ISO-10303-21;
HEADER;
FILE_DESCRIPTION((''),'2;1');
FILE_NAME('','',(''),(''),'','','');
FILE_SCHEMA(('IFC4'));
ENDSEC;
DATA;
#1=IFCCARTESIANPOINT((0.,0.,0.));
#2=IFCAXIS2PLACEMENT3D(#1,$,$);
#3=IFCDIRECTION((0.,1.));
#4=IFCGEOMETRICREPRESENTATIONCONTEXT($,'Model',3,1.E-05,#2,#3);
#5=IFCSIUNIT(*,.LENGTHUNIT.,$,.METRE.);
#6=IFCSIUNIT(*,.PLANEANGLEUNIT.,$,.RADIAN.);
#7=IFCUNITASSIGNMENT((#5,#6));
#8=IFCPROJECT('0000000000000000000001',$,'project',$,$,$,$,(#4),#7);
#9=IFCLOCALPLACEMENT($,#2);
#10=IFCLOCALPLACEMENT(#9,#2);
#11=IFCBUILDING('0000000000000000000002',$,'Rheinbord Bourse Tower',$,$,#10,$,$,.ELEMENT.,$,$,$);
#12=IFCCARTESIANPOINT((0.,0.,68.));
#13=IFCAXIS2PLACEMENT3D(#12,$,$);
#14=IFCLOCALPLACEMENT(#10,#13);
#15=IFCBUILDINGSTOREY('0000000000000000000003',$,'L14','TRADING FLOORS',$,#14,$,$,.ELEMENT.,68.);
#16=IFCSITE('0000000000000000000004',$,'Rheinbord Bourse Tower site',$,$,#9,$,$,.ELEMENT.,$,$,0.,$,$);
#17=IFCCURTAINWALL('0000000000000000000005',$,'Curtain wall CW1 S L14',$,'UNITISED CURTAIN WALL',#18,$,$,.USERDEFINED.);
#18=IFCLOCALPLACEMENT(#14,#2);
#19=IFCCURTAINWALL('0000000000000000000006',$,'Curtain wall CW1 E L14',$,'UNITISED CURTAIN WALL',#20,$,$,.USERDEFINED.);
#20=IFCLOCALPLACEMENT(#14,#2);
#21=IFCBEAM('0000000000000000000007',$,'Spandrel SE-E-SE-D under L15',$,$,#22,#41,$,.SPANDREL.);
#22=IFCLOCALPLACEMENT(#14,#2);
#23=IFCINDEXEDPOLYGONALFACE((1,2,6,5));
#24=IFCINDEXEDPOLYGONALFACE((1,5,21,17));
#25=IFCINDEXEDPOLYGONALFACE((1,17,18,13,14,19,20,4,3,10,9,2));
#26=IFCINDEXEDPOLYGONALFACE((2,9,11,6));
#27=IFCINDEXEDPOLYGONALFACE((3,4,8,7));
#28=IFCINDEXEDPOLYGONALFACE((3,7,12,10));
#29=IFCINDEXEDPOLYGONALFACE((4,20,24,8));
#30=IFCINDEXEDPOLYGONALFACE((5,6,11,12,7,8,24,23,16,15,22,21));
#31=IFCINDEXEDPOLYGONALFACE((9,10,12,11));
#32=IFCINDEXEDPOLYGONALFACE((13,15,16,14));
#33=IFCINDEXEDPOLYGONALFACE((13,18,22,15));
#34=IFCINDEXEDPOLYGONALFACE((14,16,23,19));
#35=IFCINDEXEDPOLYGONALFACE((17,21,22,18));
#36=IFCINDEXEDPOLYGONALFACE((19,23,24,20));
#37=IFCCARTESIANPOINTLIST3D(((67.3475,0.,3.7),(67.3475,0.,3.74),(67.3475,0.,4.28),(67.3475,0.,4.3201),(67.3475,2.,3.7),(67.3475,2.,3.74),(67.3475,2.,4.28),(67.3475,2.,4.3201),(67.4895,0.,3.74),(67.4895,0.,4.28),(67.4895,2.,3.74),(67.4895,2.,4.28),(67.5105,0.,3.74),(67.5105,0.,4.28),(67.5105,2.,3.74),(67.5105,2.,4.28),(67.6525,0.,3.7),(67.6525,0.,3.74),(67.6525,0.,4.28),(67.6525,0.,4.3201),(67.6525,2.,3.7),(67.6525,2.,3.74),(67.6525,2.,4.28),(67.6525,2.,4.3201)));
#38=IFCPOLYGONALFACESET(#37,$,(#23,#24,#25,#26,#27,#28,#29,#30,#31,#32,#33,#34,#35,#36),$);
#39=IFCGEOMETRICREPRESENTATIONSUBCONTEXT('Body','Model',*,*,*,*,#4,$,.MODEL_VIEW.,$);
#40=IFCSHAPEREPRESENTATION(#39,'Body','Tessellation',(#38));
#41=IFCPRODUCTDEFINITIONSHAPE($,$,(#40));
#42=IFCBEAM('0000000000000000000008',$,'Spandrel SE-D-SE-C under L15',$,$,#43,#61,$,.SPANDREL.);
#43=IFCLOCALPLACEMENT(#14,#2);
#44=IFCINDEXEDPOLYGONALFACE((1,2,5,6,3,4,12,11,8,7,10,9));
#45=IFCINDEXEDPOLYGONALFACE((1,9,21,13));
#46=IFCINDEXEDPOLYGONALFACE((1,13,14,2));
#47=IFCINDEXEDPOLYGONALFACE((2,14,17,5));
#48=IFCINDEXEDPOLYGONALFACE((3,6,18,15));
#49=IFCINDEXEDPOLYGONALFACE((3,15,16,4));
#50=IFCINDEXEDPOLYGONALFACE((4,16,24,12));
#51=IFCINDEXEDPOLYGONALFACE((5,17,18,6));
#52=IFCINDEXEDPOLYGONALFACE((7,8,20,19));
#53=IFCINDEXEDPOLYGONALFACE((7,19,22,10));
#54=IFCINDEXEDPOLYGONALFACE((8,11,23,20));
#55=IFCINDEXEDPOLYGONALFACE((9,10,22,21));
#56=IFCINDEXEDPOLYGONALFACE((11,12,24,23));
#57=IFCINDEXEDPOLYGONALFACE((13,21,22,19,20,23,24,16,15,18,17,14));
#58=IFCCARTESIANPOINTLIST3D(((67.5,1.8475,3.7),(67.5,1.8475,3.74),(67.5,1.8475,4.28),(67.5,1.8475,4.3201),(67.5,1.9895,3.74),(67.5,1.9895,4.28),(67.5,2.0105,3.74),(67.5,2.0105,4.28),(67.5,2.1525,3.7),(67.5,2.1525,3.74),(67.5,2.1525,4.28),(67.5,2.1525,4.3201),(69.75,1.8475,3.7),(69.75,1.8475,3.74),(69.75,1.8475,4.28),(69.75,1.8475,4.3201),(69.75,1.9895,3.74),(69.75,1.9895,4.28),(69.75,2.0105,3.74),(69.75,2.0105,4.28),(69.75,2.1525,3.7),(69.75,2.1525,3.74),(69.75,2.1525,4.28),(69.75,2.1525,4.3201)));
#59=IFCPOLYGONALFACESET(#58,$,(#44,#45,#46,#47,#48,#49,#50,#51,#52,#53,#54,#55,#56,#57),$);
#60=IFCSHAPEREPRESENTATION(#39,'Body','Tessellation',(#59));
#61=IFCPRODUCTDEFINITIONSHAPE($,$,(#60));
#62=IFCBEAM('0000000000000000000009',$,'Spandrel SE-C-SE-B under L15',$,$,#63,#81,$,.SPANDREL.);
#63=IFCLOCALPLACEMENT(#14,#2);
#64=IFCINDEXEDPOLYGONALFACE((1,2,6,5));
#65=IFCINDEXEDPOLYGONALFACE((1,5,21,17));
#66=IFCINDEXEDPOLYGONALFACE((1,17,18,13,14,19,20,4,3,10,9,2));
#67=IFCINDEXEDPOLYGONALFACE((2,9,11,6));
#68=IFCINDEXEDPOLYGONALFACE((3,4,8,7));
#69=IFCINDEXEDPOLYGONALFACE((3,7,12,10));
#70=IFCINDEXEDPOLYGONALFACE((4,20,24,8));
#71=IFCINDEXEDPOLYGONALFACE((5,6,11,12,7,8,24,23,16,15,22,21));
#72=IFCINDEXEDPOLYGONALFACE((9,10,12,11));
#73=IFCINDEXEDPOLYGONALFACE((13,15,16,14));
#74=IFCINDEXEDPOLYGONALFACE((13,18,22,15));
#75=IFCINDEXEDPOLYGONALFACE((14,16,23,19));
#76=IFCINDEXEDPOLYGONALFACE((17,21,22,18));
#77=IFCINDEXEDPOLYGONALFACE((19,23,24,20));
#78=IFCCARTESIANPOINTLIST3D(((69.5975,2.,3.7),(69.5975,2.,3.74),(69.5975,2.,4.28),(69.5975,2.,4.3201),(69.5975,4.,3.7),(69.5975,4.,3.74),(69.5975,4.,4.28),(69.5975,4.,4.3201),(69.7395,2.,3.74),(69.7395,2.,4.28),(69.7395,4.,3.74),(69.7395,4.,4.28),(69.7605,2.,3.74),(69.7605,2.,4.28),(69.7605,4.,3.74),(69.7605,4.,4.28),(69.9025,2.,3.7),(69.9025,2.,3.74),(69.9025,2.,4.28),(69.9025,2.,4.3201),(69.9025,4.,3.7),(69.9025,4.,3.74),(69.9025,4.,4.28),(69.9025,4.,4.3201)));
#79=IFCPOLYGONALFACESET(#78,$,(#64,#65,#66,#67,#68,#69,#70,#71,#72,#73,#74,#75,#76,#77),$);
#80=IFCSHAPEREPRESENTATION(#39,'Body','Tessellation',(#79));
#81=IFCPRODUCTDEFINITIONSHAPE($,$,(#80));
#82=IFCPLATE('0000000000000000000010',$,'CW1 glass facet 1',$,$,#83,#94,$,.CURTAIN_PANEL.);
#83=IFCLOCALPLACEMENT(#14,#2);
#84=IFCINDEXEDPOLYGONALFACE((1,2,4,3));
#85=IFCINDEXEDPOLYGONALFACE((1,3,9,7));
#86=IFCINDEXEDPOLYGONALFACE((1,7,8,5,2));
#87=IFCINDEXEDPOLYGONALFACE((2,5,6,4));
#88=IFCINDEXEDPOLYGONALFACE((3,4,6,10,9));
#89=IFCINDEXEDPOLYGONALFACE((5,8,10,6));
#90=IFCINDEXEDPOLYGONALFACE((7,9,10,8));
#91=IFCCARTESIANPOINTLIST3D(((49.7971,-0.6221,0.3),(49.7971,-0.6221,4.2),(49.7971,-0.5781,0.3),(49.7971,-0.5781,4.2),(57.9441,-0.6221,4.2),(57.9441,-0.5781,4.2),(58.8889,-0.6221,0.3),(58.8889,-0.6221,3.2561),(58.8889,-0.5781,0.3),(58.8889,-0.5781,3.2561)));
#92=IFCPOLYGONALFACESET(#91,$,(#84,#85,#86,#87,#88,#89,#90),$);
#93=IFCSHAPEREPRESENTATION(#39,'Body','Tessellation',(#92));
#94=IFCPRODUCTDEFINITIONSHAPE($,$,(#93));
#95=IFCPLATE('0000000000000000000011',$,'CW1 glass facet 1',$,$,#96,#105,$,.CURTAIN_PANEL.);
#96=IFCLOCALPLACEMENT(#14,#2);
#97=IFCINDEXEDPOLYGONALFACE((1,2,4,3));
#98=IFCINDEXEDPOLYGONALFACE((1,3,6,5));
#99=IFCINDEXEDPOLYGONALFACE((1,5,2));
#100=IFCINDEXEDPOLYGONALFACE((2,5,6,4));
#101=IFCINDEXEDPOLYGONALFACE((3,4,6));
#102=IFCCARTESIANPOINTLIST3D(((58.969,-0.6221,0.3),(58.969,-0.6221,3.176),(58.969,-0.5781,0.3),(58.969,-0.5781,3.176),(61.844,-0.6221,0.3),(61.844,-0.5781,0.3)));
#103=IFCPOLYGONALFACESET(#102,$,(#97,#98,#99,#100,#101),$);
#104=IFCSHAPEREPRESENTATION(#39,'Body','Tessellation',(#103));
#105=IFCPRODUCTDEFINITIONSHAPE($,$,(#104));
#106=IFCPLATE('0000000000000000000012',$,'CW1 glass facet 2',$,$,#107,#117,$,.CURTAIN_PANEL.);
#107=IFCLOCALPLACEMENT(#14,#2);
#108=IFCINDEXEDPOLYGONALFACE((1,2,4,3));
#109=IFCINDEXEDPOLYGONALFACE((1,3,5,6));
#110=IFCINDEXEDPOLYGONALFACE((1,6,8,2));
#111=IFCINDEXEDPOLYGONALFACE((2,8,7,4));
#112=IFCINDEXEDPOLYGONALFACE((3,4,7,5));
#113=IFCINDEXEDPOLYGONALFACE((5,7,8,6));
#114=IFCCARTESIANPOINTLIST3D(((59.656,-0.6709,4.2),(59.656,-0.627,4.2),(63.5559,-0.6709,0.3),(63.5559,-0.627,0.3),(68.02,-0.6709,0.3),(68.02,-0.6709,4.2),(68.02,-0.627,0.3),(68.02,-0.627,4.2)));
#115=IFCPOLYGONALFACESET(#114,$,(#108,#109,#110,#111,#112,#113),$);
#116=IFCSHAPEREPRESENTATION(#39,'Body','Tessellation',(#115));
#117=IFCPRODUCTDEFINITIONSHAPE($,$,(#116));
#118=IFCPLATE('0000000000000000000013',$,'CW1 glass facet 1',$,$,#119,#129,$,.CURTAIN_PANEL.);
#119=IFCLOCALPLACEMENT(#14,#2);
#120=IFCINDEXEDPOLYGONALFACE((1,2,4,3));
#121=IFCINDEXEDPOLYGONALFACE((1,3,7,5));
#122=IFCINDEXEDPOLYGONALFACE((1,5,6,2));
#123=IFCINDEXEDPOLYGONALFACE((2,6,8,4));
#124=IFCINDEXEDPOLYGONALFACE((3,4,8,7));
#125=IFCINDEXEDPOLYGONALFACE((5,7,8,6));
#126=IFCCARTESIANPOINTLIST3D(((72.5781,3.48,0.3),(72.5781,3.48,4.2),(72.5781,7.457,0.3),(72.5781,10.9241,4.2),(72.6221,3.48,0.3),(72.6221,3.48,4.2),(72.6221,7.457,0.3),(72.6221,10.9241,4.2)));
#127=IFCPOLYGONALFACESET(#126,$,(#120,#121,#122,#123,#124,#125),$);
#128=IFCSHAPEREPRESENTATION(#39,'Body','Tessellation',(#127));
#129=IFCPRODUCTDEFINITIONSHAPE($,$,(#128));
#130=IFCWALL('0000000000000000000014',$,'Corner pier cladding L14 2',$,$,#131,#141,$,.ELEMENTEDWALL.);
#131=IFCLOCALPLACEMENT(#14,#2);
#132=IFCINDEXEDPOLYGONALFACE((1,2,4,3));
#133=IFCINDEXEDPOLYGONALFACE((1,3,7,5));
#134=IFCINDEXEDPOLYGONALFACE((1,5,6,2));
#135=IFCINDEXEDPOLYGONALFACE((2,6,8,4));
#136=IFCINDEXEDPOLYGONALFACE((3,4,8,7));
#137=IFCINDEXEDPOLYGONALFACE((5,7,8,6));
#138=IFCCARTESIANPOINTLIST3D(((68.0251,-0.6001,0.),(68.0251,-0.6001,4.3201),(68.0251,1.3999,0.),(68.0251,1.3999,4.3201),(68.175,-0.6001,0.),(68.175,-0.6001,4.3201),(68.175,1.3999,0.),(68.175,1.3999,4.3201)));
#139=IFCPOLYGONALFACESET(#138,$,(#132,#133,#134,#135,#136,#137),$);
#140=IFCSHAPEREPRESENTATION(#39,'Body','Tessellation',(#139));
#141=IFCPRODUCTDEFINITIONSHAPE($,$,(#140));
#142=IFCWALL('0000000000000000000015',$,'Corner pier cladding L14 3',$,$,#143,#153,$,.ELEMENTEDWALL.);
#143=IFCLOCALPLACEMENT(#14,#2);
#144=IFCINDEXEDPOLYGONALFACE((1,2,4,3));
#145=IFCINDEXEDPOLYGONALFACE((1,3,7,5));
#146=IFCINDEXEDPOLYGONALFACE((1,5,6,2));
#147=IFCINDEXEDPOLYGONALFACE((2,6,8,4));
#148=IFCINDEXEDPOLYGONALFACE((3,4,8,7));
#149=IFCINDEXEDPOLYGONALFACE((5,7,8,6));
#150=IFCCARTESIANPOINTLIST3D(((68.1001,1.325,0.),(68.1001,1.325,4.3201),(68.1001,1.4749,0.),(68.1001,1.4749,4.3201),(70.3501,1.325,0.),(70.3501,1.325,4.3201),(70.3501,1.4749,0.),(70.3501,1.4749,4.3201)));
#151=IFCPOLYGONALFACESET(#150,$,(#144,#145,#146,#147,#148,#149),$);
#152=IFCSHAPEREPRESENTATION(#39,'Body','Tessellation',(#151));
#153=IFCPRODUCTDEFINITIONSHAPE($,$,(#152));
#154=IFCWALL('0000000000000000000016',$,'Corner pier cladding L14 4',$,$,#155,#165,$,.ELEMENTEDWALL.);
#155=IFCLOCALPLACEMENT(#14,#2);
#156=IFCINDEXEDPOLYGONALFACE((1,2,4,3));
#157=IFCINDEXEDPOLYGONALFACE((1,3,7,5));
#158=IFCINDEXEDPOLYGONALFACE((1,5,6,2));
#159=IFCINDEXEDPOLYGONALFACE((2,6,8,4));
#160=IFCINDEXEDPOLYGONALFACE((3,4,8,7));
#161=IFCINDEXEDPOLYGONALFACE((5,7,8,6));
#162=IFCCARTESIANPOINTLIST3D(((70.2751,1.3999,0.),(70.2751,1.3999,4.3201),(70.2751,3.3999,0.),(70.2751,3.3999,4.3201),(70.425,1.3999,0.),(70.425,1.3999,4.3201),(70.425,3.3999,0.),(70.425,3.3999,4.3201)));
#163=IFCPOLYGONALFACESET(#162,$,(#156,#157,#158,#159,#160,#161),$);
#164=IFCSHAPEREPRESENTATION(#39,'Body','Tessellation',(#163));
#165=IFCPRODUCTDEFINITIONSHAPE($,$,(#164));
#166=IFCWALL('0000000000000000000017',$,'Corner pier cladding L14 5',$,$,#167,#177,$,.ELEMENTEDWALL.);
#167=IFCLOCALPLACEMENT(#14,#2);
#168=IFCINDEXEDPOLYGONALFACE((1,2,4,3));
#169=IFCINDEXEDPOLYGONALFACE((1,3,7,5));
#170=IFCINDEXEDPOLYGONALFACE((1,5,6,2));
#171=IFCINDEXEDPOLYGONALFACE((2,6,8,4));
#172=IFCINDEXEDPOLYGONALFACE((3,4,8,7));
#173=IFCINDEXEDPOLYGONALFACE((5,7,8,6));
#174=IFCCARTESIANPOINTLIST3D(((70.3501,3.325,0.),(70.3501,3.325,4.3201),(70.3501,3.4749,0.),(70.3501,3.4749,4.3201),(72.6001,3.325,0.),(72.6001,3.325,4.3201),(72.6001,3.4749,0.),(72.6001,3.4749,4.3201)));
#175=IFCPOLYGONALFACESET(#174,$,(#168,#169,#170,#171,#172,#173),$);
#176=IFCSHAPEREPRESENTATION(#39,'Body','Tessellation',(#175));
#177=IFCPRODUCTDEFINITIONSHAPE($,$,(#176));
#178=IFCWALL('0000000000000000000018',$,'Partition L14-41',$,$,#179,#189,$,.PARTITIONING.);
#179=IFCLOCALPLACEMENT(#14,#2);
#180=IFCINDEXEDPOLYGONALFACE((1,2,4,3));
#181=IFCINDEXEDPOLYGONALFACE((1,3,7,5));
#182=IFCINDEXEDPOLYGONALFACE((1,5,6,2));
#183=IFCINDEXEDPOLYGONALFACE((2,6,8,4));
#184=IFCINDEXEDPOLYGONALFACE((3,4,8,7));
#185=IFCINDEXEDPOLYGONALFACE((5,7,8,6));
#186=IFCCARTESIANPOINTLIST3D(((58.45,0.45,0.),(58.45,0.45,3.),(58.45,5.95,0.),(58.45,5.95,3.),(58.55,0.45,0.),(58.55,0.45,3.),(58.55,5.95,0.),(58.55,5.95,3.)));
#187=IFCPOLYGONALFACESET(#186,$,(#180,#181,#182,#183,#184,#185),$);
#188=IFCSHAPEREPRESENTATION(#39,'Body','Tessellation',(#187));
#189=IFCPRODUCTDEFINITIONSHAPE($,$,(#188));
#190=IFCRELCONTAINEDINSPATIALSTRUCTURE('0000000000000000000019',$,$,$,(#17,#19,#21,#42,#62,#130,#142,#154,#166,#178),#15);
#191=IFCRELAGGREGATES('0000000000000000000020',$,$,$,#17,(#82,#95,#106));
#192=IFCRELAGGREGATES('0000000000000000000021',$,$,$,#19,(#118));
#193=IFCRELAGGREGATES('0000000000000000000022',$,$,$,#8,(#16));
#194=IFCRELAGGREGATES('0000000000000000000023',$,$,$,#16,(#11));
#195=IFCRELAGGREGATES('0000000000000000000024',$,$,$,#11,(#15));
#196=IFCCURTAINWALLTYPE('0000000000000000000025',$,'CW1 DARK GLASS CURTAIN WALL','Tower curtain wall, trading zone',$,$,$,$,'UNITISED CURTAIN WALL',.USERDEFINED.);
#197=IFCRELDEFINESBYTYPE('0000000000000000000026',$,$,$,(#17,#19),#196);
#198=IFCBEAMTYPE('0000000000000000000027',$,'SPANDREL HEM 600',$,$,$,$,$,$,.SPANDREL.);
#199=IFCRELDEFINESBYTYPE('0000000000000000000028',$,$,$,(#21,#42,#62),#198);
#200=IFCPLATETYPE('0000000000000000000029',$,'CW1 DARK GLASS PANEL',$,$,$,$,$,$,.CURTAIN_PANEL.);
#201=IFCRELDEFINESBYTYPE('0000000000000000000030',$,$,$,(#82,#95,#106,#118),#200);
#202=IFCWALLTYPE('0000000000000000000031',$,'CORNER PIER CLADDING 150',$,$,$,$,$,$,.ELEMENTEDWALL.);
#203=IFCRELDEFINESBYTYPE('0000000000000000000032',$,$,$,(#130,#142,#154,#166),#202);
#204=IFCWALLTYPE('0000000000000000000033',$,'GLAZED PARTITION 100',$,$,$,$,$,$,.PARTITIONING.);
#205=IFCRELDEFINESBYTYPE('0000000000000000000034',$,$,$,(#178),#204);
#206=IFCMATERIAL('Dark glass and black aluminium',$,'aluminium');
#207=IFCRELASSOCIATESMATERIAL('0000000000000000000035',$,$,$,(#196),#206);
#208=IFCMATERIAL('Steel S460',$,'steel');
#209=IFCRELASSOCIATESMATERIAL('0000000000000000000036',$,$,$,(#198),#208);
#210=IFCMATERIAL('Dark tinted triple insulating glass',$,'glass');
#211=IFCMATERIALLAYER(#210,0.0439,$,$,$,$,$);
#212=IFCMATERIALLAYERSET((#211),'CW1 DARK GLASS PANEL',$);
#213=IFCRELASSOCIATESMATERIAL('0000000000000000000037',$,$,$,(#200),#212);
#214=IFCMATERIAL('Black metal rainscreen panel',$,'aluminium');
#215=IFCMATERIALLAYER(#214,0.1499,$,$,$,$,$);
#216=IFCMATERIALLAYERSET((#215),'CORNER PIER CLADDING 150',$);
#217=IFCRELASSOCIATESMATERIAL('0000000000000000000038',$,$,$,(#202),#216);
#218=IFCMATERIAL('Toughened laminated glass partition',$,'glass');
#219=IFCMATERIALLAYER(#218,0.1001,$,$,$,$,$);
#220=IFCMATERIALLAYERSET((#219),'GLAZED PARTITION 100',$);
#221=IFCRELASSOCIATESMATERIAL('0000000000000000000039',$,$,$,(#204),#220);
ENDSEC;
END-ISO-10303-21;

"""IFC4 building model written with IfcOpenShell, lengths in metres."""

from ifc_helpers import new_model, si_unit, direction, frame, frame_2d, origin, origin_2d, place, context, subcontext, project, spatial, polyline, rectangle, i_section, outline, extrude, material, layer, layer_set, material_profile, profile_set, type_object, element, aggregate, save


model = new_model("IFC4")

# Units and contexts
model_context = context("Model", 3, precision=1e-05, world=origin(), true_north=direction((0.0, 1.0)))
body_context = subcontext(model_context, "Body", "Model", "MODEL_VIEW")
ifc_project = project(units=[si_unit("LENGTHUNIT", "METRE"), si_unit("PLANEANGLEUNIT", "RADIAN")], contexts=[model_context])

# Site, building, storey
site_placement = place(None, origin())
site = spatial("IfcSite", under=ifc_project, at=site_placement, Name="Rheinbord Bourse Tower site", CompositionType="ELEMENT", RefElevation=0.0)
building_placement = place(site_placement, origin())
building = spatial("IfcBuilding", under=site, at=building_placement, Name="Rheinbord Bourse Tower", CompositionType="ELEMENT")
storey_placement = place(building_placement, frame((0.0, 0.0, 68.0)))
storey = spatial("IfcBuildingStorey", under=building, at=storey_placement, Name="L14", Description="TRADING FLOORS", CompositionType="ELEMENT", Elevation=68.0)

# Curtain wall
ifc_material_1 = material(Name="Dark glass and black aluminium", Category="aluminium")
curtain_wall_type = type_object("IfcCurtainWallType", Name="CW1 DARK GLASS CURTAIN WALL", Description="Tower curtain wall, trading zone", ElementType="UNITISED CURTAIN WALL", PredefinedType="USERDEFINED", material=ifc_material_1)
curtain_wall_1_placement = place(storey_placement, origin())
curtain_wall_1 = element("IfcCurtainWall", 1, at=curtain_wall_1_placement, inside=storey, type_object=curtain_wall_type, Name="Curtain wall CW1 S L14", ObjectType="UNITISED CURTAIN WALL", PredefinedType="USERDEFINED")

# Curtain wall
curtain_wall_2_placement = place(storey_placement, origin())
curtain_wall_2 = element("IfcCurtainWall", 2, at=curtain_wall_2_placement, inside=storey, type_object=curtain_wall_type, Name="Curtain wall CW1 E L14", ObjectType="UNITISED CURTAIN WALL", PredefinedType="USERDEFINED")

# Beams
ifc_material_2 = material(Name="Steel S460", Category="steel")
ifc_material_profile_1 = material_profile(ifc_material_2, i_section(OverallWidth=0.3049, OverallDepth=0.6201, WebThickness=0.021, FlangeThickness=0.04, at=origin_2d()), Name="HEM 600")
ifc_profile_set_1 = profile_set([ifc_material_profile_1], Name="Steel S460")
beam_type_1 = type_object("IfcBeamType", Name="SPANDREL HEM 600", PredefinedType="SPANDREL", material=ifc_profile_set_1)
beam_1_placement = place(storey_placement, frame((67.5, 0.0, 4.01), z_axis=(0.0, 1.0, 0.0), x_axis=(-1.0, 0.0, 0.0)))
element("IfcBeam", 3, at=beam_1_placement, inside=storey, type_object=beam_type_1, Name="Spandrel SE-E-SE-D under L15", PredefinedType="SPANDREL", context=body_context, shape_type="SweptSolid", body=[
    extrude(i_section(OverallWidth=0.3049, OverallDepth=0.6201, WebThickness=0.021, FlangeThickness=0.04, at=origin_2d()), origin(), (0.0, 0.0, 1.0), 2.0),
])
beam_2_placement = place(storey_placement, frame((67.5, 2.0, 4.01), z_axis=(1.0, 0.0, 0.0), x_axis=(0.0, 1.0, 0.0)))
element("IfcBeam", 4, at=beam_2_placement, inside=storey, type_object=beam_type_1, Name="Spandrel SE-D-SE-C under L15", PredefinedType="SPANDREL", context=body_context, shape_type="SweptSolid", body=[
    extrude(i_section(OverallWidth=0.3049, OverallDepth=0.6201, WebThickness=0.021, FlangeThickness=0.04, at=origin_2d()), origin(), (0.0, 0.0, 1.0), 2.25),
])
beam_3_placement = place(storey_placement, frame((69.75, 2.0, 4.01), z_axis=(0.0, 1.0, 0.0), x_axis=(-1.0, 0.0, 0.0)))
element("IfcBeam", 5, at=beam_3_placement, inside=storey, type_object=beam_type_1, Name="Spandrel SE-C-SE-B under L15", PredefinedType="SPANDREL", context=body_context, shape_type="SweptSolid", body=[
    extrude(i_section(OverallWidth=0.3049, OverallDepth=0.6201, WebThickness=0.021, FlangeThickness=0.04, at=origin_2d()), origin(), (0.0, 0.0, 1.0), 2.0),
])

# Plates
ifc_material_3 = material(Name="Dark tinted triple insulating glass", Category="glass")
ifc_layer_1 = layer(ifc_material_3, 0.0439)
ifc_layer_set_1 = layer_set([ifc_layer_1], Name="CW1 DARK GLASS PANEL")
plate_type = type_object("IfcPlateType", Name="CW1 DARK GLASS PANEL", PredefinedType="CURTAIN_PANEL", material=ifc_layer_set_1)
plate_1_placement = place(storey_placement, frame((58.8889, -0.6221, 0.3), z_axis=(0.0, 1.0, 0.0), x_axis=(-1.0, 0.0, 0.0)))
plate_1 = element("IfcPlate", 6, at=plate_1_placement, type_object=plate_type, Name="CW1 glass facet 1", PredefinedType="CURTAIN_PANEL", context=body_context, shape_type="SweptSolid", body=[
    extrude(outline(polyline([(0.0, 0.0), (9.0918, 0.0), (9.0918, 3.8999), (0.9448, 3.8999), (0.0, 2.9561), (0.0, 0.0)])), origin(), (0.0, 0.0, 1.0), 0.0439),
])
plate_2_placement = place(storey_placement, frame((58.969, -0.6221, 0.3), z_axis=(0.0, 1.0, 0.0), x_axis=(0.0, 0.0, 1.0)))
plate_2 = element("IfcPlate", 7, at=plate_2_placement, type_object=plate_type, Name="CW1 glass facet 1", PredefinedType="CURTAIN_PANEL", context=body_context, shape_type="SweptSolid", body=[
    extrude(outline(polyline([(0.0, 0.0), (2.876, 0.0), (0.0, 2.875), (0.0, 0.0)])), origin(), (0.0, 0.0, 1.0), 0.0439),
])
plate_3_placement = place(storey_placement, frame((68.02, -0.6709, 4.2), z_axis=(0.0, 1.0, 0.0), x_axis=(0.0, 0.0, -1.0)))
plate_3 = element("IfcPlate", 8, at=plate_3_placement, type_object=plate_type, Name="CW1 glass facet 2", PredefinedType="CURTAIN_PANEL", context=body_context, shape_type="SweptSolid", body=[
    extrude(outline(polyline([(0.0, 0.0), (3.8999, 0.0), (3.8999, 4.4641), (0.0, 8.364), (0.0, 0.0)])), origin(), (0.0, 0.0, 1.0), 0.0439),
])
aggregate(curtain_wall_1, [plate_1, plate_2, plate_3])
plate_4_placement = place(storey_placement, frame((72.6221, 3.48, 0.3), z_axis=(-1.0, 0.0, 0.0), x_axis=(0.0, 0.0, 1.0)))
plate_4 = element("IfcPlate", 9, at=plate_4_placement, type_object=plate_type, Name="CW1 glass facet 1", PredefinedType="CURTAIN_PANEL", context=body_context, shape_type="SweptSolid", body=[
    extrude(outline(polyline([(0.0, 0.0), (3.8999, 0.0), (3.8999, 7.4441), (0.0, 3.9771), (0.0, 0.0)])), origin(), (0.0, 0.0, 1.0), 0.0439),
])
aggregate(curtain_wall_2, [plate_4])

# Walls
ifc_material_4 = material(Name="Black metal rainscreen panel", Category="aluminium")
ifc_layer_2 = layer(ifc_material_4, 0.1499)
ifc_layer_set_2 = layer_set([ifc_layer_2], Name="CORNER PIER CLADDING 150")
wall_type_1 = type_object("IfcWallType", Name="CORNER PIER CLADDING 150", PredefinedType="ELEMENTEDWALL", material=ifc_layer_set_2)
wall_1_placement = place(storey_placement, frame((68.1001, -0.6001, 0.0), z_axis=(0.0, 0.0, 1.0), x_axis=(0.0, 1.0, 0.0)))
element("IfcWall", 10, at=wall_1_placement, inside=storey, type_object=wall_type_1, Name="Corner pier cladding L14 2", PredefinedType="ELEMENTEDWALL", context=body_context, shape_type="SweptSolid", body=[
    extrude(rectangle(XDim=2.0, YDim=0.1499, at=frame_2d((1.0, 0.0))), origin(), (0.0, 0.0, 1.0), 4.3201),
])
wall_2_placement = place(storey_placement, frame((68.1001, 1.3999, 0.0), z_axis=(0.0, 0.0, 1.0), x_axis=(1.0, 0.0, 0.0)))
element("IfcWall", 11, at=wall_2_placement, inside=storey, type_object=wall_type_1, Name="Corner pier cladding L14 3", PredefinedType="ELEMENTEDWALL", context=body_context, shape_type="SweptSolid", body=[
    extrude(rectangle(XDim=2.25, YDim=0.1499, at=frame_2d((1.125, 0.0))), origin(), (0.0, 0.0, 1.0), 4.3201),
])
wall_3_placement = place(storey_placement, frame((70.3501, 1.3999, 0.0), z_axis=(0.0, 0.0, 1.0), x_axis=(0.0, 1.0, 0.0)))
element("IfcWall", 12, at=wall_3_placement, inside=storey, type_object=wall_type_1, Name="Corner pier cladding L14 4", PredefinedType="ELEMENTEDWALL", context=body_context, shape_type="SweptSolid", body=[
    extrude(rectangle(XDim=2.0, YDim=0.1499, at=frame_2d((1.0, 0.0))), origin(), (0.0, 0.0, 1.0), 4.3201),
])
wall_4_placement = place(storey_placement, frame((70.3501, 3.3999, 0.0), z_axis=(0.0, 0.0, 1.0), x_axis=(1.0, 0.0, 0.0)))
element("IfcWall", 13, at=wall_4_placement, inside=storey, type_object=wall_type_1, Name="Corner pier cladding L14 5", PredefinedType="ELEMENTEDWALL", context=body_context, shape_type="SweptSolid", body=[
    extrude(rectangle(XDim=2.25, YDim=0.1499, at=frame_2d((1.125, 0.0))), origin(), (0.0, 0.0, 1.0), 4.3201),
])
ifc_material_5 = material(Name="Toughened laminated glass partition", Category="glass")
ifc_layer_3 = layer(ifc_material_5, 0.1001)
ifc_layer_set_3 = layer_set([ifc_layer_3], Name="GLAZED PARTITION 100")
wall_type_2 = type_object("IfcWallType", Name="GLAZED PARTITION 100", PredefinedType="PARTITIONING", material=ifc_layer_set_3)
wall_5_placement = place(storey_placement, frame((58.5, 0.45, 0.0), z_axis=(0.0, 0.0, 1.0), x_axis=(0.0, 1.0, 0.0)))
element("IfcWall", 14, at=wall_5_placement, inside=storey, type_object=wall_type_2, Name="Partition L14-41", PredefinedType="PARTITIONING", context=body_context, shape_type="SweptSolid", body=[
    extrude(rectangle(XDim=5.5, YDim=0.1001, at=frame_2d((2.75, 0.0))), origin(), (0.0, 0.0, 1.0), 3.0),
])

save(model, "model.ifc")
